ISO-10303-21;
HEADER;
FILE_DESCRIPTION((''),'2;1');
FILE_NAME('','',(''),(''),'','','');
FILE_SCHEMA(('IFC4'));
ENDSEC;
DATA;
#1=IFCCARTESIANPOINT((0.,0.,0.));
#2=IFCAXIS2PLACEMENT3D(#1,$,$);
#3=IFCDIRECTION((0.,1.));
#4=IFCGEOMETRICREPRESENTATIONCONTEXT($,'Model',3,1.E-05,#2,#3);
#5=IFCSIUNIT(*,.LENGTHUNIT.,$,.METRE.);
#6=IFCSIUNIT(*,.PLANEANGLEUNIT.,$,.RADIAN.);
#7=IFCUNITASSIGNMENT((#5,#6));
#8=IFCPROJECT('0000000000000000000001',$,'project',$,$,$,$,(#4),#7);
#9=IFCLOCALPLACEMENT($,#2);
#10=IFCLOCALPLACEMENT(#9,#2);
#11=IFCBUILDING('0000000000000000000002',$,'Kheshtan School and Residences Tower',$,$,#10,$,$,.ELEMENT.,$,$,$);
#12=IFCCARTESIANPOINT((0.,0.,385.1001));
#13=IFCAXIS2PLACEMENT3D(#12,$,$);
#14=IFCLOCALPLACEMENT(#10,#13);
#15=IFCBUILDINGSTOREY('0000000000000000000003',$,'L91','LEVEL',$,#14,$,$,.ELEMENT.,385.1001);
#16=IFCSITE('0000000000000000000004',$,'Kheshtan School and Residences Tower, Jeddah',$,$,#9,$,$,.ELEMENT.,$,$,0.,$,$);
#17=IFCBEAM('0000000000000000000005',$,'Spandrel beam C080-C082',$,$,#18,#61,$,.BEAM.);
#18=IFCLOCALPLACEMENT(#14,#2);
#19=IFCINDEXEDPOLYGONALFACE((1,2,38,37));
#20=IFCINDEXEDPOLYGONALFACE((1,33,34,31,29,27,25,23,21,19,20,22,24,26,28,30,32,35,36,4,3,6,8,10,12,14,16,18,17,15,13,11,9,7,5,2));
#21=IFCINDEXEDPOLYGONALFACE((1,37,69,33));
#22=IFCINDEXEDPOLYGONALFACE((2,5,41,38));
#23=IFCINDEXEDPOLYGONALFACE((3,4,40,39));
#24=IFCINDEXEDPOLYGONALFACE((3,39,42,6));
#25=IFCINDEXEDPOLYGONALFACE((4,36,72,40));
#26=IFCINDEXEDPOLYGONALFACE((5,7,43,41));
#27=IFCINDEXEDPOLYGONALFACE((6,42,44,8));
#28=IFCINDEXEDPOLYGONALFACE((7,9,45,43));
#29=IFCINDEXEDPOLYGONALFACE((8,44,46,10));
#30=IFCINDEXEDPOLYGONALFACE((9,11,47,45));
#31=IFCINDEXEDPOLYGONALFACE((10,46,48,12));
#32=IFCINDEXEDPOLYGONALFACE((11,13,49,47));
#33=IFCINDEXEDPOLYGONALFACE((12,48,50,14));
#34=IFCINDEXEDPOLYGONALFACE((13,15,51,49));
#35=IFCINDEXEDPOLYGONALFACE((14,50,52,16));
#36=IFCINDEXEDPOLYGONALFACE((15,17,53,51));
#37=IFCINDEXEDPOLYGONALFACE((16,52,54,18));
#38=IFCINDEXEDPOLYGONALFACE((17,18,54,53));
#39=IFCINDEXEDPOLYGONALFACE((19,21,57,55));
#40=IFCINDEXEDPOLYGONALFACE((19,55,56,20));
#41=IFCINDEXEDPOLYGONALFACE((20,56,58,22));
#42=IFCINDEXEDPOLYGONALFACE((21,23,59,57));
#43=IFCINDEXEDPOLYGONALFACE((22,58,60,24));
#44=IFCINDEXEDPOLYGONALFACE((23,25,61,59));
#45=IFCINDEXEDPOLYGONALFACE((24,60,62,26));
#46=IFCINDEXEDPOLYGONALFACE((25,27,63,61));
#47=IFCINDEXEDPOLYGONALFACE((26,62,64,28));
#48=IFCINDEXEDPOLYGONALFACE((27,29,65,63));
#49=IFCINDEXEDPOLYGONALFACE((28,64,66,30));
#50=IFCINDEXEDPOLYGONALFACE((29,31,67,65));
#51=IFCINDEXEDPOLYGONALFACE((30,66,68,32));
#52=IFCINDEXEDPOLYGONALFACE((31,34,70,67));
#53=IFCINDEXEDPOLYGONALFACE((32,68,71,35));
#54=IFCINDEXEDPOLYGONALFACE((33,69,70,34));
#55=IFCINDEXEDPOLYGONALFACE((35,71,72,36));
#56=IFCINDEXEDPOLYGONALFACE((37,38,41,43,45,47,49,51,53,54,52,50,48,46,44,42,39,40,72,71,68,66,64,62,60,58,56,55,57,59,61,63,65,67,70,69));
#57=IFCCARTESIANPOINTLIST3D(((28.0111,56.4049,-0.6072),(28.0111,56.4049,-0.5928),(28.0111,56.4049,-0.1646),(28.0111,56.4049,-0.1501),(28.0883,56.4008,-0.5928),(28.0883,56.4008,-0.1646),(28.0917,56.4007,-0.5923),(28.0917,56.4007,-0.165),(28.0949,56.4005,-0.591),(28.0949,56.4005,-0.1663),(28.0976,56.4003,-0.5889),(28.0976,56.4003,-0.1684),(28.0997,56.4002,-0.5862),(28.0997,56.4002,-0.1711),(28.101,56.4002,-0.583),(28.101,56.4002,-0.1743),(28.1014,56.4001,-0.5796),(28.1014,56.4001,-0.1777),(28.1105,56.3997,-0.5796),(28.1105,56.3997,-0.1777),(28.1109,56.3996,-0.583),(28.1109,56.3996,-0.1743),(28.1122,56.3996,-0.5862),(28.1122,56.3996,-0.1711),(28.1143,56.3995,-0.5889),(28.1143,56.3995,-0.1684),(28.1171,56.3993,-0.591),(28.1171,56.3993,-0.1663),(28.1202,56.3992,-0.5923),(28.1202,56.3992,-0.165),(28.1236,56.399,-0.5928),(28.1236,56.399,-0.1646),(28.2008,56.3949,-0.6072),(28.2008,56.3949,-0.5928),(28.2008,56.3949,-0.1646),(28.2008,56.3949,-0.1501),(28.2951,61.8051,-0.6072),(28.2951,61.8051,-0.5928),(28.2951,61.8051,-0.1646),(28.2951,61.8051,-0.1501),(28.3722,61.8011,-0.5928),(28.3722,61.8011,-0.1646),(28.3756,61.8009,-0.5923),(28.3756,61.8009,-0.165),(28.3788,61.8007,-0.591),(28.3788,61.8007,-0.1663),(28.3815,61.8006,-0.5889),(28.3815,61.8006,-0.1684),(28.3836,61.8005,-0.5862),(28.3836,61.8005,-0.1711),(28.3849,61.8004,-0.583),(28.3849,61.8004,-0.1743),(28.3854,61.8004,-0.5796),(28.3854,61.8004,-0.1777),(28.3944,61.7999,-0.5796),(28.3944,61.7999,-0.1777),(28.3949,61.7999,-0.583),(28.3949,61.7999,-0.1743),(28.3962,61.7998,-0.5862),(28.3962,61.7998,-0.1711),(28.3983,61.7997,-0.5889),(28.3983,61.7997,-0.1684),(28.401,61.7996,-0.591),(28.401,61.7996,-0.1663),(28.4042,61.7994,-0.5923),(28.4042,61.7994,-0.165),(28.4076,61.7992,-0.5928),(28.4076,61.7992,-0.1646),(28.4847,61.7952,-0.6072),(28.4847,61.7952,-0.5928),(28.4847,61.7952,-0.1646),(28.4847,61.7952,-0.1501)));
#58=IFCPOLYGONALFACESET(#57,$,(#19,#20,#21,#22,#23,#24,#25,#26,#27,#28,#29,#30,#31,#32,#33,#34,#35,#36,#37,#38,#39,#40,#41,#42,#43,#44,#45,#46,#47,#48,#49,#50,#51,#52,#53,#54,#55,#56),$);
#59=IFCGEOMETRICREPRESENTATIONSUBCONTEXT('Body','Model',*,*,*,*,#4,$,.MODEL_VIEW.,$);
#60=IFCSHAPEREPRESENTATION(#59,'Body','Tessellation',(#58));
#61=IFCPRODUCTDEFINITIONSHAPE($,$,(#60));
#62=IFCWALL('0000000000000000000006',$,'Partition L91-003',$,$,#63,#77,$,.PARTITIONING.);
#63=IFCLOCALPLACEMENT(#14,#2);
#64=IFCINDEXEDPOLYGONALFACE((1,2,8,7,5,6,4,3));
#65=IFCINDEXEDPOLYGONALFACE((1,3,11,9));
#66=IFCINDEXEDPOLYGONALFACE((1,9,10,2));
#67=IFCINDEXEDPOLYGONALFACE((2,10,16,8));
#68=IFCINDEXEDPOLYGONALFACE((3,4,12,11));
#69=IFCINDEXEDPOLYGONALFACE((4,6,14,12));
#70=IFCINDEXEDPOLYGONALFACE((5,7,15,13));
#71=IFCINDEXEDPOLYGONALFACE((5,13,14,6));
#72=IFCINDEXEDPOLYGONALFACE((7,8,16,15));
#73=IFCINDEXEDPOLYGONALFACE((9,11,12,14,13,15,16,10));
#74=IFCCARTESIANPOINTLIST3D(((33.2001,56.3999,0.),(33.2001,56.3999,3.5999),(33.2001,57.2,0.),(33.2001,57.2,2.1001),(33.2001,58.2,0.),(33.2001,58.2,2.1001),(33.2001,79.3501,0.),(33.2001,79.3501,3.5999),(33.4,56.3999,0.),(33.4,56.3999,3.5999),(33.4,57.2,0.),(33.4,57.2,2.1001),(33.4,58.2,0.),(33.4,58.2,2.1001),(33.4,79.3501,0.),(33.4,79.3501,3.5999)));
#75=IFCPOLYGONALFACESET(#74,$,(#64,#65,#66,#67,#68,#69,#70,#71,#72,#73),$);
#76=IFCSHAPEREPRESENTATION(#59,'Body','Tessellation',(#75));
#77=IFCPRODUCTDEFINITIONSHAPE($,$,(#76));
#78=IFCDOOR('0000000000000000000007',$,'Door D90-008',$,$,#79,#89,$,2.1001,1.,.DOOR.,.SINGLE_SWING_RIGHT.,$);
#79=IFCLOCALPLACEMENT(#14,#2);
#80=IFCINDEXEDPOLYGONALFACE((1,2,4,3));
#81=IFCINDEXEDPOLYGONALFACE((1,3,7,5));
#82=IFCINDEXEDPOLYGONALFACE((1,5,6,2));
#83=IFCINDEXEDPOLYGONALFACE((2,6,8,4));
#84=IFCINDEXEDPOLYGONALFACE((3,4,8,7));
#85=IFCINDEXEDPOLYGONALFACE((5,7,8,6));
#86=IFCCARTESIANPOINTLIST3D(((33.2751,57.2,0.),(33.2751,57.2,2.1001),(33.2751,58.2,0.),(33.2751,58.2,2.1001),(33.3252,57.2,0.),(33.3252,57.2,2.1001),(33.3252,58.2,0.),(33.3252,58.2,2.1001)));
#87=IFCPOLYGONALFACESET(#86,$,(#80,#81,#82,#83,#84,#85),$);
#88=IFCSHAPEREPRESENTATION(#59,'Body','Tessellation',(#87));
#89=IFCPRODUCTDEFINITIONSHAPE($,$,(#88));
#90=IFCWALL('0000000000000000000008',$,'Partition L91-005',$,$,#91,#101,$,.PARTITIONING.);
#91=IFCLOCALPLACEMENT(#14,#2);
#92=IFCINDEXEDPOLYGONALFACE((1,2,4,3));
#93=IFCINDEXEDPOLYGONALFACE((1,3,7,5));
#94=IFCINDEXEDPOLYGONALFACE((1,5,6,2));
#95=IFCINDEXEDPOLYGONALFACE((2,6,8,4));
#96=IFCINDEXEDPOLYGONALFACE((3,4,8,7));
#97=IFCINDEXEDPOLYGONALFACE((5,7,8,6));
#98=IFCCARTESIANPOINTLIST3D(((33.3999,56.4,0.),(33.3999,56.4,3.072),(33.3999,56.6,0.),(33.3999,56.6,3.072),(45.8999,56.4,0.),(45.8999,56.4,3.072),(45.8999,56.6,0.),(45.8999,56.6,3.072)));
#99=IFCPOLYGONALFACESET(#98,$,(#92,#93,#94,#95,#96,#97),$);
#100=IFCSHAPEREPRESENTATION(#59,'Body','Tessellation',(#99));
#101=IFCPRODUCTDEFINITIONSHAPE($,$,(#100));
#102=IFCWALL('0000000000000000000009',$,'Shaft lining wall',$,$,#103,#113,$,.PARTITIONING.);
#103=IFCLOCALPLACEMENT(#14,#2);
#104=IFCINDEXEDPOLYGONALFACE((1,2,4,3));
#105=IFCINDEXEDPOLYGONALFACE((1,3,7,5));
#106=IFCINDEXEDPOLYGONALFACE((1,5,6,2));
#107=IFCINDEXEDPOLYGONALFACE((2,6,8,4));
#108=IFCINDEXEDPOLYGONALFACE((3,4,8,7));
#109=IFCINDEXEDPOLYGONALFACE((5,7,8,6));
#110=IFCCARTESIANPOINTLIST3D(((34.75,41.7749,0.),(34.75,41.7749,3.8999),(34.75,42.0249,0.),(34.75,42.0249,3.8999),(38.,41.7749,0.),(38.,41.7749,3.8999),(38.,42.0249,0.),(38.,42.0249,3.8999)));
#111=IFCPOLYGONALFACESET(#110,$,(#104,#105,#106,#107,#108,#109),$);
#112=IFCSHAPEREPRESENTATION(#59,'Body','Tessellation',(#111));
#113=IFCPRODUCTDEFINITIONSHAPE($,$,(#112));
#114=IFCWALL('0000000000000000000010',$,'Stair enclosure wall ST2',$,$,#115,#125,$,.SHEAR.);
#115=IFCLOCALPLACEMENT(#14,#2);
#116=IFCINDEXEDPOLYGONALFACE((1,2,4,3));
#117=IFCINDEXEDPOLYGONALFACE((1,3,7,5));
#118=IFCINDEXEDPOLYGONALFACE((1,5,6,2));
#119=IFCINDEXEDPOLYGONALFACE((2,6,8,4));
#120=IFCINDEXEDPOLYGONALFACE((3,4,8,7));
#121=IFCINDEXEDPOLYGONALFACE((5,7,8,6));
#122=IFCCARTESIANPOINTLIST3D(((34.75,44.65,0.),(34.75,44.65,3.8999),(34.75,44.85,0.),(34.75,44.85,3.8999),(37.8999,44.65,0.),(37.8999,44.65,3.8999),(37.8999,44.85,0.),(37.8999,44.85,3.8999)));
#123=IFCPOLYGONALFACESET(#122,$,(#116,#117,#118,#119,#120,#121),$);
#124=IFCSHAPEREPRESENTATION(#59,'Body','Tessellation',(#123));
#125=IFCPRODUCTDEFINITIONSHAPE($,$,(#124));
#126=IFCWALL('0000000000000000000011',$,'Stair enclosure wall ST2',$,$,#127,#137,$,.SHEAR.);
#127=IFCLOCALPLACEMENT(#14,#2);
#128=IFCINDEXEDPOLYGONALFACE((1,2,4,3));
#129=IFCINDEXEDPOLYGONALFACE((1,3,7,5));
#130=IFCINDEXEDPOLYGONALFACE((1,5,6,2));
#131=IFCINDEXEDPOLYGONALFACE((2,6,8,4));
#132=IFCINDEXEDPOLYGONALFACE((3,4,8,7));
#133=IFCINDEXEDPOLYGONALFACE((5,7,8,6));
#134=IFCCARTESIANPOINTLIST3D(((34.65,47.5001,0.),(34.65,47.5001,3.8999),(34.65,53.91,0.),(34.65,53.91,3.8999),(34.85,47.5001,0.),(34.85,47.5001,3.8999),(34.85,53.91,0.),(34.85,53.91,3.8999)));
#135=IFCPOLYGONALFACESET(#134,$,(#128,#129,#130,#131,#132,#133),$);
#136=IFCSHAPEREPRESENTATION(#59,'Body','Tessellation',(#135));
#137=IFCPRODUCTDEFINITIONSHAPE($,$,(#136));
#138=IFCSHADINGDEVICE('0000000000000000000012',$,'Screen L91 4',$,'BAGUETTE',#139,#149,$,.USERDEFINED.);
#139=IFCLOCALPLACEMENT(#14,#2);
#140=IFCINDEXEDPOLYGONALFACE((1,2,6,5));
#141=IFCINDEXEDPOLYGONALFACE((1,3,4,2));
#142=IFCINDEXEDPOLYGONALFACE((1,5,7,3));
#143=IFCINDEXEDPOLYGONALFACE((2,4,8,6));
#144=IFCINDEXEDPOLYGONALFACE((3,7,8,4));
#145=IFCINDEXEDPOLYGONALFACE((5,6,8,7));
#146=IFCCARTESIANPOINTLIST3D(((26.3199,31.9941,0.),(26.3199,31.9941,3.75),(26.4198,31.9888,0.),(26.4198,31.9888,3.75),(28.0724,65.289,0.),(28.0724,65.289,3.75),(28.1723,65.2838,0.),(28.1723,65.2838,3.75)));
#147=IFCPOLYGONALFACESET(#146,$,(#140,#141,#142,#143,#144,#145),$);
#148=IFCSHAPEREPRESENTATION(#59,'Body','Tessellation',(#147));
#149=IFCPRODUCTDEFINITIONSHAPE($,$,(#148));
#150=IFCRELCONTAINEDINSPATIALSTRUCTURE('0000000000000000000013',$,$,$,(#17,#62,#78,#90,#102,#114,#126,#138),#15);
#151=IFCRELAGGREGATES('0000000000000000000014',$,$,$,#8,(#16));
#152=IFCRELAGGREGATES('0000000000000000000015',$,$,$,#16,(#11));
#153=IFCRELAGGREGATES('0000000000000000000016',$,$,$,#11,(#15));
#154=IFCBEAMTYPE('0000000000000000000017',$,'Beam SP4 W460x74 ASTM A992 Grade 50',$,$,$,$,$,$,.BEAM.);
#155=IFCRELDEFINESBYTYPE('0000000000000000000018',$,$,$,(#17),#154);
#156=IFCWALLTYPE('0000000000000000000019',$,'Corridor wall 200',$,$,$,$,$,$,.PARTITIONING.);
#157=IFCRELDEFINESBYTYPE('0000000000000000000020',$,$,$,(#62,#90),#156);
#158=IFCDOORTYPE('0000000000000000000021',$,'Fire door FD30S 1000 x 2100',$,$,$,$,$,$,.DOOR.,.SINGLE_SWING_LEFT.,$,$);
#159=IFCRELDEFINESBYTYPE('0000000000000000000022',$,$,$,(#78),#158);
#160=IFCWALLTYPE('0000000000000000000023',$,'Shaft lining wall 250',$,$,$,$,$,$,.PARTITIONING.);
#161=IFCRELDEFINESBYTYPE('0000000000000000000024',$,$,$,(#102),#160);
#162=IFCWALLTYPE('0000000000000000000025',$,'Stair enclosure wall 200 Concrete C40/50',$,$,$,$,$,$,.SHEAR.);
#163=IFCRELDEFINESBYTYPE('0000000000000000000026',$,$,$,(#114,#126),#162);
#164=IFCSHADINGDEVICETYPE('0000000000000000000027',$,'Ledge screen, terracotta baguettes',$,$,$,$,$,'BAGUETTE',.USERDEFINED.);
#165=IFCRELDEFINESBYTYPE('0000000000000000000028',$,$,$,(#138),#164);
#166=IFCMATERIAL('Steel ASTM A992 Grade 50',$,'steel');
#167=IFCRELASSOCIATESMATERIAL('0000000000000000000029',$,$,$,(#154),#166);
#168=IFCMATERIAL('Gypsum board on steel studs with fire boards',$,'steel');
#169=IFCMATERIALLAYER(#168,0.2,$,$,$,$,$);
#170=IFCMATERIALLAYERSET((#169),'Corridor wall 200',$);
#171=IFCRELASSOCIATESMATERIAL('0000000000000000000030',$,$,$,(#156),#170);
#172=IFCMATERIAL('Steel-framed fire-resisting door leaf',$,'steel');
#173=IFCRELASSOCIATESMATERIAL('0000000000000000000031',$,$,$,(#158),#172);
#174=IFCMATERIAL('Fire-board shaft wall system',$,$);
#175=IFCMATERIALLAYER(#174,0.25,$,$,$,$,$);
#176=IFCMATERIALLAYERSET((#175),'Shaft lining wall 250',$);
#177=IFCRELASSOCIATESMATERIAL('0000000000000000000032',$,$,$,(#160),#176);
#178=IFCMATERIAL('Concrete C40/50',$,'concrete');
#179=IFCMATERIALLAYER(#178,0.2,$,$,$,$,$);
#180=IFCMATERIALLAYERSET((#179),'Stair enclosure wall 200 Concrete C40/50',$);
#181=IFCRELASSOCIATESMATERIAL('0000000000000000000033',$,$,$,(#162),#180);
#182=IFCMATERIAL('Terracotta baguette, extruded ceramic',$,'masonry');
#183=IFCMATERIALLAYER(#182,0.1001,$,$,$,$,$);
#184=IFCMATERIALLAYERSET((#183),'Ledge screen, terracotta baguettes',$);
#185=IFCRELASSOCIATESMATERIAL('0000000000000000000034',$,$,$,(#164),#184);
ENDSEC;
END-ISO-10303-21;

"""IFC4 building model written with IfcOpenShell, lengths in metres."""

from ifc_helpers import new_model, si_unit, direction, frame, frame_2d, origin, origin_2d, place, context, subcontext, project, spatial, rectangle, i_section, extrude, source, transform, mapped, material, layer, layer_set, material_profile, profile_set, type_object, element, fill, save


model = new_model("IFC4")

# Units and contexts
model_context = context("Model", 3, precision=1e-05, world=origin(), true_north=direction((0.0, 1.0)))
body_context = subcontext(model_context, "Body", "Model", "MODEL_VIEW")
ifc_project = project(units=[si_unit("LENGTHUNIT", "METRE"), si_unit("PLANEANGLEUNIT", "RADIAN")], contexts=[model_context])

# Site, building, storey
site_placement = place(None, origin())
site = spatial("IfcSite", under=ifc_project, at=site_placement, Name="Kheshtan School and Residences Tower, Jeddah", CompositionType="ELEMENT", RefElevation=0.0)
building_placement = place(site_placement, origin())
building = spatial("IfcBuilding", under=site, at=building_placement, Name="Kheshtan School and Residences Tower", CompositionType="ELEMENT")
storey_placement = place(building_placement, frame((0.0, 0.0, 385.1001)))
storey = spatial("IfcBuildingStorey", under=building, at=storey_placement, Name="L91", Description="LEVEL", CompositionType="ELEMENT", Elevation=385.1001)

# Shared definitions
ifc_material_1 = material(Name="Steel ASTM A992 Grade 50", Category="steel")

# Beam
ifc_material_profile_1 = material_profile(ifc_material_1, i_section(OverallWidth=0.1899, OverallDepth=0.457, WebThickness=0.009, FlangeThickness=0.0144, FilletRadius=0.0132, at=origin_2d()), Name="W460x74")
ifc_profile_set_1 = profile_set([ifc_material_profile_1], Name="Steel ASTM A992 Grade 50")
beam_type_1 = type_object("IfcBeamType", Name="Beam SP4 W460x74 ASTM A992 Grade 50", PredefinedType="BEAM", material=ifc_profile_set_1)
beam_1_placement = place(storey_placement, frame((28.106, 56.3999, -0.3787), z_axis=(0.052507, 0.998621, 0.0), x_axis=(-0.998621, 0.052507, 0.0)))
element("IfcBeam", 1, at=beam_1_placement, inside=storey, type_object=beam_type_1, Name="Spandrel beam C080-C082", PredefinedType="BEAM", context=body_context, shape_type="SweptSolid", body=[
    extrude(i_section(OverallWidth=0.1899, OverallDepth=0.457, WebThickness=0.009, FlangeThickness=0.0144, FilletRadius=0.0132, at=origin_2d()), origin(), (0.0, 0.0, 1.0), 5.4077),
])

# Wall, opening, door
ifc_material_2 = material(Name="Gypsum board on steel studs with fire boards", Category="steel")
ifc_layer_1 = layer(ifc_material_2, 0.2)
ifc_layer_set_1 = layer_set([ifc_layer_1], Name="Corridor wall 200")
wall_type_1 = type_object("IfcWallType", Name="Corridor wall 200", PredefinedType="PARTITIONING", material=ifc_layer_set_1)
wall_1_placement = place(storey_placement, frame((33.3, 56.3999, 0.0), z_axis=(0.0, 0.0, 1.0), x_axis=(0.0, 1.0, 0.0)))
wall_1 = element("IfcWall", 2, at=wall_1_placement, inside=storey, type_object=wall_type_1, Name="Partition L91-003", PredefinedType="PARTITIONING", context=body_context, shape_type="SweptSolid", body=[
    extrude(rectangle(XDim=22.9502, YDim=0.2, at=frame_2d((11.4751, 0.0))), origin(), (0.0, 0.0, 1.0), 3.5999),
])
opening_placement = place(wall_1_placement, frame((0.8, 0.0, 0.0)))
opening = element("IfcOpeningElement", 3, at=opening_placement, cuts=wall_1, PredefinedType="OPENING", context=body_context, shape_type="SweptSolid", body=[
    extrude(rectangle(XDim=1.0, YDim=2.1001, at=frame_2d((0.5, 1.05))), frame((0.0, 0.1099, 0.0), z_axis=(0.0, -1.0, 0.0), x_axis=(1.0, 0.0, 0.0)), (0.0, 0.0, 1.0), 0.22),
])
ifc_material_3 = material(Name="Steel-framed fire-resisting door leaf", Category="steel")
door_type = type_object("IfcDoorType", Name="Fire door FD30S 1000 x 2100", OperationType="SINGLE_SWING_LEFT", PredefinedType="DOOR", material=ifc_material_3)
shared_shape = source(origin(), body_context, "Body", "SweptSolid", [
    extrude(rectangle(XDim=1.0, YDim=2.1001, at=frame_2d((0.5, 1.05))), frame((0.0, 0.0249, 0.0), z_axis=(0.0, -1.0, 0.0), x_axis=(1.0, 0.0, 0.0)), (0.0, 0.0, 1.0), 0.05),
])
door_placement = place(opening_placement, origin())
door = element("IfcDoor", 4, at=door_placement, inside=storey, type_object=door_type, Name="Door D90-008", OperationType="SINGLE_SWING_RIGHT", OverallHeight=2.1001, OverallWidth=1.0, PredefinedType="DOOR", context=body_context, shape_type="MappedRepresentation", body=[
    mapped(shared_shape, transform((0.0, 0.0, 0.0), x_axis=(1.0, 0.0, 0.0), y_axis=(0.0, 1.0, 0.0), z_axis=(0.0, 0.0, 1.0), scale=1.0)),
])
fill(opening, door)

# Walls
wall_2_placement = place(storey_placement, frame((33.3999, 56.5, 0.0), z_axis=(0.0, 0.0, 1.0), x_axis=(1.0, 0.0, 0.0)))
element("IfcWall", 5, at=wall_2_placement, inside=storey, type_object=wall_type_1, Name="Partition L91-005", PredefinedType="PARTITIONING", context=body_context, shape_type="SweptSolid", body=[
    extrude(rectangle(XDim=12.5, YDim=0.2, at=frame_2d((6.25, 0.0))), origin(), (0.0, 0.0, 1.0), 3.072),
])
ifc_material_4 = material(Name="Fire-board shaft wall system")
ifc_layer_2 = layer(ifc_material_4, 0.25)
ifc_layer_set_2 = layer_set([ifc_layer_2], Name="Shaft lining wall 250")
wall_type_2 = type_object("IfcWallType", Name="Shaft lining wall 250", PredefinedType="PARTITIONING", material=ifc_layer_set_2)
wall_3_placement = place(storey_placement, frame((34.75, 41.8999, 0.0), z_axis=(0.0, 0.0, 1.0), x_axis=(1.0, 0.0, 0.0)))
element("IfcWall", 6, at=wall_3_placement, inside=storey, type_object=wall_type_2, Name="Shaft lining wall", PredefinedType="PARTITIONING", context=body_context, shape_type="SweptSolid", body=[
    extrude(rectangle(XDim=3.25, YDim=0.25, at=frame_2d((1.625, 0.0))), origin(), (0.0, 0.0, 1.0), 3.8999),
])
ifc_material_5 = material(Name="Concrete C40/50", Category="concrete")
ifc_layer_3 = layer(ifc_material_5, 0.2)
ifc_layer_set_3 = layer_set([ifc_layer_3], Name="Stair enclosure wall 200 Concrete C40/50")
wall_type_3 = type_object("IfcWallType", Name="Stair enclosure wall 200 Concrete C40/50", PredefinedType="SHEAR", material=ifc_layer_set_3)
wall_4_placement = place(storey_placement, frame((34.75, 44.75, 0.0), z_axis=(0.0, 0.0, 1.0), x_axis=(1.0, 0.0, 0.0)))
element("IfcWall", 7, at=wall_4_placement, inside=storey, type_object=wall_type_3, Name="Stair enclosure wall ST2", PredefinedType="SHEAR", context=body_context, shape_type="SweptSolid", body=[
    extrude(rectangle(XDim=3.1499, YDim=0.2, at=frame_2d((1.575, 0.0))), origin(), (0.0, 0.0, 1.0), 3.8999),
])
wall_5_placement = place(storey_placement, frame((34.75, 47.5, 0.0), z_axis=(0.0, 0.0, 1.0), x_axis=(0.0, 1.0, 0.0)))
element("IfcWall", 8, at=wall_5_placement, inside=storey, type_object=wall_type_3, Name="Stair enclosure wall ST2", PredefinedType="SHEAR", context=body_context, shape_type="SweptSolid", body=[
    extrude(rectangle(XDim=6.4099, YDim=0.2, at=frame_2d((3.2051, 0.0))), origin(), (0.0, 0.0, 1.0), 3.8999),
])

# Shading device
ifc_material_6 = material(Name="Terracotta baguette, extruded ceramic", Category="masonry")
ifc_layer_4 = layer(ifc_material_6, 0.1001)
ifc_layer_set_4 = layer_set([ifc_layer_4], Name="Ledge screen, terracotta baguettes")
shading_device_type = type_object("IfcShadingDeviceType", Name="Ledge screen, terracotta baguettes", ElementType="BAGUETTE", PredefinedType="USERDEFINED", material=ifc_layer_set_4)
shading_device_placement = place(storey_placement, frame((27.2461, 48.6389, 0.0), z_axis=(0.0, 0.0, 1.0), x_axis=(0.052563, 0.998618, 0.0)))
element("IfcShadingDevice", 9, at=shading_device_placement, inside=storey, type_object=shading_device_type, Name="Screen L91 4", ObjectType="BAGUETTE", PredefinedType="USERDEFINED", context=body_context, shape_type="SweptSolid", body=[
    extrude(rectangle(XDim=33.3411, YDim=0.1001, at=origin_2d()), origin(), (0.0, 0.0, 1.0), 3.75),
])

save(model, "model.ifc")
